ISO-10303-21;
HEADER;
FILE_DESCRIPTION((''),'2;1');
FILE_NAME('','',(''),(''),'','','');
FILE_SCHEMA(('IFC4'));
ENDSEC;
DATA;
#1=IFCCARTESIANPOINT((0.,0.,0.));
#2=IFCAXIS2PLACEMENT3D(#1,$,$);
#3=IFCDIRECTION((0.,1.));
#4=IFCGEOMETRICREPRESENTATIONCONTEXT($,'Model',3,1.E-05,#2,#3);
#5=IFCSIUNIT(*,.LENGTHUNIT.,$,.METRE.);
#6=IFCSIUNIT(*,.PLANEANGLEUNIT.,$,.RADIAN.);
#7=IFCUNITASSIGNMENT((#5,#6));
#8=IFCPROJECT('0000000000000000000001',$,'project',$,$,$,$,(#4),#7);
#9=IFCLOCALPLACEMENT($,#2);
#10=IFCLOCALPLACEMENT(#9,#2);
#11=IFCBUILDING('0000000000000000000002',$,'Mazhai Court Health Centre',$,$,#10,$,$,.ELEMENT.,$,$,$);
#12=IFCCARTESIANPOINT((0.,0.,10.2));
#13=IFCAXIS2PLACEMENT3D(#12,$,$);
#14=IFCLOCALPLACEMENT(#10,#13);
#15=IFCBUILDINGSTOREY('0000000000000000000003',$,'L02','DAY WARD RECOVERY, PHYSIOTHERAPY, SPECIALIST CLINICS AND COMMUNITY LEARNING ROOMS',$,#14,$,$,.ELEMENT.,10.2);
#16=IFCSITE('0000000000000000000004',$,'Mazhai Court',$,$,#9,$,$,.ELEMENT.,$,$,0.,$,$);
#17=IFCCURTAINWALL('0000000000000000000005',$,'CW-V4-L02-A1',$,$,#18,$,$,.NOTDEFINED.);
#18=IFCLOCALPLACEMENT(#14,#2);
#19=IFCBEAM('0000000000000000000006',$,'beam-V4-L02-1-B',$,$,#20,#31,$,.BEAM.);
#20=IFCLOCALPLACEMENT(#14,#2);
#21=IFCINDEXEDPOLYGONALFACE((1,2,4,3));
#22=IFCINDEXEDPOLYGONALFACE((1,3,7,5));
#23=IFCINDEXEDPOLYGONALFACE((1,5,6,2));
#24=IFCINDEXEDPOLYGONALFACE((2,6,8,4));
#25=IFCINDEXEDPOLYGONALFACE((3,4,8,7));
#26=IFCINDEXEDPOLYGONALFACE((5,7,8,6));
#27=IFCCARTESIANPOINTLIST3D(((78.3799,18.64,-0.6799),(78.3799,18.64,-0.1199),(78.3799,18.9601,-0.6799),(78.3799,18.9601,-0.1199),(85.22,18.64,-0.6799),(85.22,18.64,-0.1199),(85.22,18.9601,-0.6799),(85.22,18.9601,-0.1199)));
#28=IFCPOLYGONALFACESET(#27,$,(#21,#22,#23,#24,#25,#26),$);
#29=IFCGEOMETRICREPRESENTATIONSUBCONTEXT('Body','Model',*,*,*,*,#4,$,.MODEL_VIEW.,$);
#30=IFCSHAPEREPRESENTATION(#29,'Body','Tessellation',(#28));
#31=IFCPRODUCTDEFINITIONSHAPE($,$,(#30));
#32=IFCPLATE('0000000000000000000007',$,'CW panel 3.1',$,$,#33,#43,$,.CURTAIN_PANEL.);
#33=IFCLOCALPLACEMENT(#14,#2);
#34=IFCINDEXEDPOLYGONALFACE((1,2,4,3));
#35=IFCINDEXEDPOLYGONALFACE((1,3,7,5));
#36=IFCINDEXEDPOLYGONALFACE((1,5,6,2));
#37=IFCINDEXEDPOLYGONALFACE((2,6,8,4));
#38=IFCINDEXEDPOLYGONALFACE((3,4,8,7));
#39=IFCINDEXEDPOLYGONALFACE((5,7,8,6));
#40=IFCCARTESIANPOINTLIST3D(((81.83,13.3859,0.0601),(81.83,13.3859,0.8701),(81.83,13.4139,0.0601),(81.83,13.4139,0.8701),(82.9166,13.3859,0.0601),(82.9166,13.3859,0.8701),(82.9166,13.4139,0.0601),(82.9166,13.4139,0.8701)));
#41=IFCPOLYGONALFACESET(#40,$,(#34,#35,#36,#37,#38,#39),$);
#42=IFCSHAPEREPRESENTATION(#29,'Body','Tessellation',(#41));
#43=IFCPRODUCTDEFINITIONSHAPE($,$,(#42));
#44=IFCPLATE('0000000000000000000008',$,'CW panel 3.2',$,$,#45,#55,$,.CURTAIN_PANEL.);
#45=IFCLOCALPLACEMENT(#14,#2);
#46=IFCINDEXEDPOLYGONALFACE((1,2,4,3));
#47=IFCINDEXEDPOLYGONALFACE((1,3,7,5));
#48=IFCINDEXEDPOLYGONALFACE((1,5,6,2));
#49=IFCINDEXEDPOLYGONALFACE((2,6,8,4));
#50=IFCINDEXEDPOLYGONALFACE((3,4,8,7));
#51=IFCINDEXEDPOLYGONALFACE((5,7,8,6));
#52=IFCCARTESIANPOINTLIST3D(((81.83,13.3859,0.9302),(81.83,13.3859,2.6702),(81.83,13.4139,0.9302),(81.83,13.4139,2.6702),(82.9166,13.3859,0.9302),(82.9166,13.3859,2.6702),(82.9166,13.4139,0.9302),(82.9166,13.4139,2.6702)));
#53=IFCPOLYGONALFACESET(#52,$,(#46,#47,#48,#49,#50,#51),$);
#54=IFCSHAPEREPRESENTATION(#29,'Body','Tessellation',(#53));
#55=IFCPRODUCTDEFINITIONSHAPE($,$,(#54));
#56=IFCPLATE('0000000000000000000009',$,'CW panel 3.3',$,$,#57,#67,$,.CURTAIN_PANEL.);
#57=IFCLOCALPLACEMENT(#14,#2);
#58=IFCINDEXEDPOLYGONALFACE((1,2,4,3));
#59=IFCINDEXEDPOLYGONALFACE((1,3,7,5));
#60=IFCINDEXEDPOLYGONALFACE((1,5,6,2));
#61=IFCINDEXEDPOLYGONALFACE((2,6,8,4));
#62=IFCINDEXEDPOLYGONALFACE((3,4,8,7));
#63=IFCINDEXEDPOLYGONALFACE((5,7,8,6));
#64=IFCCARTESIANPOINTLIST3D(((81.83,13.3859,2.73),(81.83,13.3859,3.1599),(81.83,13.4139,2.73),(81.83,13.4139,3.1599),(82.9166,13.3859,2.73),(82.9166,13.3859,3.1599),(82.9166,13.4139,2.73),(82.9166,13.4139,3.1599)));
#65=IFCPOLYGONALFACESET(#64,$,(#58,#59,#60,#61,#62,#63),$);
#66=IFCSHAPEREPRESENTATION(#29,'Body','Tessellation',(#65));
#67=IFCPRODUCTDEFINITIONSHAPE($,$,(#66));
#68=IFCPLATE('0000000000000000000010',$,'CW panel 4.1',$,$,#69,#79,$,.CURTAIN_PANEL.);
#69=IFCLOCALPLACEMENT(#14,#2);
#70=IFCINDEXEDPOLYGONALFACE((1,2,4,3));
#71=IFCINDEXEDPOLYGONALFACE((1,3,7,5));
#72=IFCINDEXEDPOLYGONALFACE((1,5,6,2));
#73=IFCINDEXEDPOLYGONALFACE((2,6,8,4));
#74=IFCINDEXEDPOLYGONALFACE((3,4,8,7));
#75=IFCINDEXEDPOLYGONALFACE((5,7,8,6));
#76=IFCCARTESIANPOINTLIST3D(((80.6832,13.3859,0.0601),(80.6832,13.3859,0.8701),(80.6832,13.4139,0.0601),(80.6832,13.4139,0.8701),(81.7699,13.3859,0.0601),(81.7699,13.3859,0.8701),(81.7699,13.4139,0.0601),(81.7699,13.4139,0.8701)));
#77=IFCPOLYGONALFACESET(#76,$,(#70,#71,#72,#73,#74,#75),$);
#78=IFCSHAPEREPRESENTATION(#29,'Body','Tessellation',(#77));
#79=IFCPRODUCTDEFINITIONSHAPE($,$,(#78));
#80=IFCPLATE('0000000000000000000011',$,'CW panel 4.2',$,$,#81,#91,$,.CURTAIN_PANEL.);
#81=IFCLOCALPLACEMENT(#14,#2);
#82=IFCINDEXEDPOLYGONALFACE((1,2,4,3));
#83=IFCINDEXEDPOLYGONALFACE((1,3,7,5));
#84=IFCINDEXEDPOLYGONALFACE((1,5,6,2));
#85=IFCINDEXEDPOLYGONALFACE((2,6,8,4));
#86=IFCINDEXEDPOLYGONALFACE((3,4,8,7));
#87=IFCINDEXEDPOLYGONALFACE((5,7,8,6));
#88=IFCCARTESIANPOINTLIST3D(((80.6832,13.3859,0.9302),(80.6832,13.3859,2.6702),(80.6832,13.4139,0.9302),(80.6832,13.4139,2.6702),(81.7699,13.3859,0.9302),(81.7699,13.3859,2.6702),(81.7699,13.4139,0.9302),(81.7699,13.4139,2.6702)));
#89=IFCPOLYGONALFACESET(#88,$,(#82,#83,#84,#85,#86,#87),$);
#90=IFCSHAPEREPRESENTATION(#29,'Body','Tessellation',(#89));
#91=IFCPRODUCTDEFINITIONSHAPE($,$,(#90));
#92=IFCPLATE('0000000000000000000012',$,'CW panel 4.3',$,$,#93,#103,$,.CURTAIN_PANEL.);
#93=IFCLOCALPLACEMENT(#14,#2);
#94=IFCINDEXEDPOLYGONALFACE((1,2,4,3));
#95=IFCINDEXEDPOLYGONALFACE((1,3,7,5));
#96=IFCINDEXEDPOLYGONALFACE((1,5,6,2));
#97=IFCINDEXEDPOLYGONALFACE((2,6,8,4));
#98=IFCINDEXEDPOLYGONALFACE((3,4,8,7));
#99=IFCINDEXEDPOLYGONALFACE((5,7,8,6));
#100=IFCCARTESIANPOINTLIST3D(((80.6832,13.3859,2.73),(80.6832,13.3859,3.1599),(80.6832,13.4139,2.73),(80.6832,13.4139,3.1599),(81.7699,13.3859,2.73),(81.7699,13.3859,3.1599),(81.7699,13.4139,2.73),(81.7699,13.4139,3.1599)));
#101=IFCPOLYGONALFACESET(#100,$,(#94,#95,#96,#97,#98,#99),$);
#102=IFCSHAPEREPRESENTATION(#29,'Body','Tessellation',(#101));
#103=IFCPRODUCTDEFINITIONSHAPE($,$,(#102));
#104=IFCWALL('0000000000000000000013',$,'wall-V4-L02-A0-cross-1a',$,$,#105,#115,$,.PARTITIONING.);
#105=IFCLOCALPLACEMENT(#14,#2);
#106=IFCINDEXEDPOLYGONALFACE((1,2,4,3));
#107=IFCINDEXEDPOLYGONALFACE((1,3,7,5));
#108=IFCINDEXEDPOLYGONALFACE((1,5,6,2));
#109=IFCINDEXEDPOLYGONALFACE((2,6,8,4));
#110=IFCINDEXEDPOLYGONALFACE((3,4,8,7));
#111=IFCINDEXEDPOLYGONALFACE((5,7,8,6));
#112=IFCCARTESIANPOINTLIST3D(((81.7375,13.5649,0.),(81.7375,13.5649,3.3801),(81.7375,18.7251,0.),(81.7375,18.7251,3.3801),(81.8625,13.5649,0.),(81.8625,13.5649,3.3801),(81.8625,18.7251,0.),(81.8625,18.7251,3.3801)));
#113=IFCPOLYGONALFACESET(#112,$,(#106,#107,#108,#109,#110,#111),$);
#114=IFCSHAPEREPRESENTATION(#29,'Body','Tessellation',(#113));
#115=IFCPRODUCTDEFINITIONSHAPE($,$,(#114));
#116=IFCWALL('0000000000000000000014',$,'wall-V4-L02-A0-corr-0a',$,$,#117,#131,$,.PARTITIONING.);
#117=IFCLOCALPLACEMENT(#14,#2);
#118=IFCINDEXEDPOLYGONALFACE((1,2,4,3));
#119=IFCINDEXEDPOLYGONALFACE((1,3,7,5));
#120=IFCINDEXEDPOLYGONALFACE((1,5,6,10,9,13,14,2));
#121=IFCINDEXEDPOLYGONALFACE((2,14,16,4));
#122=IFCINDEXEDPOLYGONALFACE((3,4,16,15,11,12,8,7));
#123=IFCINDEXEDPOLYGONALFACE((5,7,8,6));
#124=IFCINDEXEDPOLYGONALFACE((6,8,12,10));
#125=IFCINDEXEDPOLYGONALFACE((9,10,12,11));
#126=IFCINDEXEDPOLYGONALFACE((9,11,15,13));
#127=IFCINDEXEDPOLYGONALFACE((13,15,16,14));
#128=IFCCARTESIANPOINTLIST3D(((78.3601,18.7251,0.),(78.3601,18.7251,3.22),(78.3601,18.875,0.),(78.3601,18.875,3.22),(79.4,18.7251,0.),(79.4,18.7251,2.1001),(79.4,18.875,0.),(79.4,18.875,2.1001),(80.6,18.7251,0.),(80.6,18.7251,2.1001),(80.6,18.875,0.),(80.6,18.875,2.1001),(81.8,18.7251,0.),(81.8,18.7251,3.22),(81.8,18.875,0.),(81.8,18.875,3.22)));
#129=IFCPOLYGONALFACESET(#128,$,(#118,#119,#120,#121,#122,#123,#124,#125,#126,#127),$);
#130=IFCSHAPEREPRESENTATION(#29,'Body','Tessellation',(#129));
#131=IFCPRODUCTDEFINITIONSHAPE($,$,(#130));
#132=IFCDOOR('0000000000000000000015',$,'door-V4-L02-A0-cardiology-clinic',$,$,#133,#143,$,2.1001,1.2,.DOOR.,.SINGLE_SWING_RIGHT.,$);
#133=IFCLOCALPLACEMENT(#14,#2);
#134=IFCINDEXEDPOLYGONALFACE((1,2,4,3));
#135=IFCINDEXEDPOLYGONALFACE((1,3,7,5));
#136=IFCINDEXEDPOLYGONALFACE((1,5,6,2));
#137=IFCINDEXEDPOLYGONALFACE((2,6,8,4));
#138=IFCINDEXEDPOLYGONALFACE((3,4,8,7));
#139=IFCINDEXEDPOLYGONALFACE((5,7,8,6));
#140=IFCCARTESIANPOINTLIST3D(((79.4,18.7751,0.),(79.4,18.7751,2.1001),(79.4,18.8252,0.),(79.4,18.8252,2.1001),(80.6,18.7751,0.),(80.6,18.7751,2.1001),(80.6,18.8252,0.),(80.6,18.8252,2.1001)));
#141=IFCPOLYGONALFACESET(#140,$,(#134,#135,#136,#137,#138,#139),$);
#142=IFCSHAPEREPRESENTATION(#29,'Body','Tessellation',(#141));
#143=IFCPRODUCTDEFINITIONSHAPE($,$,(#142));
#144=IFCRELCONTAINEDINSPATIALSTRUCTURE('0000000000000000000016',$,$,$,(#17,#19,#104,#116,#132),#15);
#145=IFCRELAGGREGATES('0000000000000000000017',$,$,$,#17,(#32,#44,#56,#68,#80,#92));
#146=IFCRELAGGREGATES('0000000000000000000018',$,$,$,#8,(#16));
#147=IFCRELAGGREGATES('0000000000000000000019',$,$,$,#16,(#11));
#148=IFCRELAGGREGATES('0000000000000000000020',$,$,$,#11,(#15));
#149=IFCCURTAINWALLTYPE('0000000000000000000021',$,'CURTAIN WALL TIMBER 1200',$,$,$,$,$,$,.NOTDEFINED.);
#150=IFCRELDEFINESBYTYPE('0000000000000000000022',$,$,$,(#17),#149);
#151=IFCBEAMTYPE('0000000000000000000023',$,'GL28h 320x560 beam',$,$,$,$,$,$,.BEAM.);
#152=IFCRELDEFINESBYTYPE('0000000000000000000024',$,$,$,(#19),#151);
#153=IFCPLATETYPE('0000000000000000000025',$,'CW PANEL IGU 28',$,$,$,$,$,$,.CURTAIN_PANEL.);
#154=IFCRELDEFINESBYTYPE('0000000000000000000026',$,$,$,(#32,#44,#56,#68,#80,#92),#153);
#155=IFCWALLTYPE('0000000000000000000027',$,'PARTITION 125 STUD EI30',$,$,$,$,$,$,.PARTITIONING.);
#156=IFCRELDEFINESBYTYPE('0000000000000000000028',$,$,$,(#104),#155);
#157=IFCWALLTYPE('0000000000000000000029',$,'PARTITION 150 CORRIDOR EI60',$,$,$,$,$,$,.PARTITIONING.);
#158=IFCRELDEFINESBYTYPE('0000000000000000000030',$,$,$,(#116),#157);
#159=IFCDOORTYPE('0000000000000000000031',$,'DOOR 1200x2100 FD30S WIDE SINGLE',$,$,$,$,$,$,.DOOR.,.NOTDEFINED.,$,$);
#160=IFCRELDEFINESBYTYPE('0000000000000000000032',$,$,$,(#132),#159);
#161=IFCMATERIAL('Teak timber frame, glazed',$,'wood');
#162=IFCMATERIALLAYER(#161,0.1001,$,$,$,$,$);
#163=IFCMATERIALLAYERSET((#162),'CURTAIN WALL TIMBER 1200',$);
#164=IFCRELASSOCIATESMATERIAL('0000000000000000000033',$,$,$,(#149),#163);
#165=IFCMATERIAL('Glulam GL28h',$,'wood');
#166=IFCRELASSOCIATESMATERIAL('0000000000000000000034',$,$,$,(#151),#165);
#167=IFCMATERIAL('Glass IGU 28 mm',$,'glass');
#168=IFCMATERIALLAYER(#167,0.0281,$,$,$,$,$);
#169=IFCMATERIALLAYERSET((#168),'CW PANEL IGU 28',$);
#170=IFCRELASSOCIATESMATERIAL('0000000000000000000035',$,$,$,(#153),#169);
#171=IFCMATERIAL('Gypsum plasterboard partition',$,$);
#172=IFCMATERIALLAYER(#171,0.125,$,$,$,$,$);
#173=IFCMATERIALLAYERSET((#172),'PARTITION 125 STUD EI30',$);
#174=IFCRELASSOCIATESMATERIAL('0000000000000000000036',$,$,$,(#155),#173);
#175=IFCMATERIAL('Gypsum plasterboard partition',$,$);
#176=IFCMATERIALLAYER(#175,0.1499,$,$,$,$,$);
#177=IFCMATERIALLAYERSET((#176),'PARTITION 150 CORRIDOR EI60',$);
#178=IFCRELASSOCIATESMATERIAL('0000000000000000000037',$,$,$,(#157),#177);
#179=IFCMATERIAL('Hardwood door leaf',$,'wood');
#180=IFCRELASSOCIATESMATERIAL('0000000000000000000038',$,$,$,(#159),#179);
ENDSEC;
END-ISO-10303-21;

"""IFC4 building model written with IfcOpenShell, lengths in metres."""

from ifc_helpers import new_model, si_unit, direction, frame, frame_2d, origin, origin_2d, place, context, subcontext, project, spatial, rectangle, extrude, material, layer, layer_set, material_profile, profile_set, type_object, element, fill, aggregate, save


model = new_model("IFC4")

# Units and contexts
model_context = context("Model", 3, precision=1e-05, world=origin(), true_north=direction((0.0, 1.0)))
body_context = subcontext(model_context, "Body", "Model", "MODEL_VIEW")
ifc_project = project(units=[si_unit("LENGTHUNIT", "METRE"), si_unit("PLANEANGLEUNIT", "RADIAN")], contexts=[model_context])

# Site, building, storey
site_placement = place(None, origin())
site = spatial("IfcSite", under=ifc_project, at=site_placement, Name="Mazhai Court", CompositionType="ELEMENT", RefElevation=0.0)
building_placement = place(site_placement, origin())
building = spatial("IfcBuilding", under=site, at=building_placement, Name="Mazhai Court Health Centre", CompositionType="ELEMENT")
storey_placement = place(building_placement, frame((0.0, 0.0, 10.2)))
storey = spatial("IfcBuildingStorey", under=building, at=storey_placement, Name="L02", Description="DAY WARD RECOVERY, PHYSIOTHERAPY, SPECIALIST CLINICS AND COMMUNITY LEARNING ROOMS", CompositionType="ELEMENT", Elevation=10.2)

# Curtain wall
ifc_material_1 = material(Name="Teak timber frame, glazed", Category="wood")
ifc_layer_1 = layer(ifc_material_1, 0.1001)
ifc_layer_set_1 = layer_set([ifc_layer_1], Name="CURTAIN WALL TIMBER 1200")
curtain_wall_type = type_object("IfcCurtainWallType", Name="CURTAIN WALL TIMBER 1200", PredefinedType="NOTDEFINED", material=ifc_layer_set_1)
curtain_wall_placement = place(storey_placement, origin())
curtain_wall = element("IfcCurtainWall", 1, at=curtain_wall_placement, inside=storey, type_object=curtain_wall_type, Name="CW-V4-L02-A1", PredefinedType="NOTDEFINED")

# Beam
ifc_material_2 = material(Name="Glulam GL28h", Category="wood")
ifc_material_profile_1 = material_profile(ifc_material_2, rectangle(XDim=0.3201, YDim=0.5601, at=origin_2d()), Name="GL28h 320x560")
ifc_profile_set_1 = profile_set([ifc_material_profile_1], Name="Glulam GL28h")
beam_type_1 = type_object("IfcBeamType", Name="GL28h 320x560 beam", PredefinedType="BEAM", material=ifc_profile_set_1)
beam_placement = place(storey_placement, frame((78.3799, 18.8, -0.3999), z_axis=(1.0, 0.0, 0.0), x_axis=(0.0, 1.0, 0.0)))
element("IfcBeam", 2, at=beam_placement, inside=storey, type_object=beam_type_1, Name="beam-V4-L02-1-B", PredefinedType="BEAM", context=body_context, shape_type="SweptSolid", body=[
    extrude(rectangle(XDim=0.3201, YDim=0.5601, at=origin_2d()), origin(), (0.0, 0.0, 1.0), 6.8401),
])

# Plates
ifc_material_3 = material(Name="Glass IGU 28 mm", Category="glass")
ifc_layer_2 = layer(ifc_material_3, 0.0281)
ifc_layer_set_2 = layer_set([ifc_layer_2], Name="CW PANEL IGU 28")
plate_type = type_object("IfcPlateType", Name="CW PANEL IGU 28", PredefinedType="CURTAIN_PANEL", material=ifc_layer_set_2)
plate_1_placement = place(storey_placement, frame((82.3733, 13.3999, 0.0601), z_axis=(0.0, 0.0, 1.0), x_axis=(-1.0, 0.0, 0.0)))
plate_1 = element("IfcPlate", 3, at=plate_1_placement, type_object=plate_type, Name="CW panel 3.1", PredefinedType="CURTAIN_PANEL", context=body_context, shape_type="SweptSolid", body=[
    extrude(rectangle(XDim=1.0867, YDim=0.0281, at=origin_2d()), origin(), (0.0, 0.0, 1.0), 0.8101),
])
plate_2_placement = place(storey_placement, frame((82.3733, 13.3999, 0.9302), z_axis=(0.0, 0.0, 1.0), x_axis=(-1.0, 0.0, 0.0)))
plate_2 = element("IfcPlate", 4, at=plate_2_placement, type_object=plate_type, Name="CW panel 3.2", PredefinedType="CURTAIN_PANEL", context=body_context, shape_type="SweptSolid", body=[
    extrude(rectangle(XDim=1.0867, YDim=0.0281, at=origin_2d()), origin(), (0.0, 0.0, 1.0), 1.74),
])
plate_3_placement = place(storey_placement, frame((82.3733, 13.3999, 2.73), z_axis=(0.0, 0.0, 1.0), x_axis=(-1.0, 0.0, 0.0)))
plate_3 = element("IfcPlate", 5, at=plate_3_placement, type_object=plate_type, Name="CW panel 3.3", PredefinedType="CURTAIN_PANEL", context=body_context, shape_type="SweptSolid", body=[
    extrude(rectangle(XDim=1.0867, YDim=0.0281, at=origin_2d()), origin(), (0.0, 0.0, 1.0), 0.4299),
])
plate_4_placement = place(storey_placement, frame((81.2266, 13.3999, 0.0601), z_axis=(0.0, 0.0, 1.0), x_axis=(-1.0, 0.0, 0.0)))
plate_4 = element("IfcPlate", 6, at=plate_4_placement, type_object=plate_type, Name="CW panel 4.1", PredefinedType="CURTAIN_PANEL", context=body_context, shape_type="SweptSolid", body=[
    extrude(rectangle(XDim=1.0867, YDim=0.0281, at=origin_2d()), origin(), (0.0, 0.0, 1.0), 0.8101),
])
plate_5_placement = place(storey_placement, frame((81.2266, 13.3999, 0.9302), z_axis=(0.0, 0.0, 1.0), x_axis=(-1.0, 0.0, 0.0)))
plate_5 = element("IfcPlate", 7, at=plate_5_placement, type_object=plate_type, Name="CW panel 4.2", PredefinedType="CURTAIN_PANEL", context=body_context, shape_type="SweptSolid", body=[
    extrude(rectangle(XDim=1.0867, YDim=0.0281, at=origin_2d()), origin(), (0.0, 0.0, 1.0), 1.74),
])
plate_6_placement = place(storey_placement, frame((81.2266, 13.3999, 2.73), z_axis=(0.0, 0.0, 1.0), x_axis=(-1.0, 0.0, 0.0)))
plate_6 = element("IfcPlate", 8, at=plate_6_placement, type_object=plate_type, Name="CW panel 4.3", PredefinedType="CURTAIN_PANEL", context=body_context, shape_type="SweptSolid", body=[
    extrude(rectangle(XDim=1.0867, YDim=0.0281, at=origin_2d()), origin(), (0.0, 0.0, 1.0), 0.4299),
])
aggregate(curtain_wall, [plate_1, plate_2, plate_3, plate_4, plate_5, plate_6])

# Wall
ifc_material_4 = material(Name="Gypsum plasterboard partition")
ifc_layer_3 = layer(ifc_material_4, 0.125)
ifc_layer_set_3 = layer_set([ifc_layer_3], Name="PARTITION 125 STUD EI30")
wall_type_1 = type_object("IfcWallType", Name="PARTITION 125 STUD EI30", PredefinedType="PARTITIONING", material=ifc_layer_set_3)
wall_1_placement = place(storey_placement, frame((81.8, 13.5649, 0.0), z_axis=(0.0, 0.0, 1.0), x_axis=(0.0, 1.0, 0.0)))
element("IfcWall", 9, at=wall_1_placement, inside=storey, type_object=wall_type_1, Name="wall-V4-L02-A0-cross-1a", PredefinedType="PARTITIONING", context=body_context, shape_type="SweptSolid", body=[
    extrude(rectangle(XDim=5.1602, YDim=0.125, at=frame_2d((2.5801, 0.0))), origin(), (0.0, 0.0, 1.0), 3.3801),
])

# Wall, opening, door
ifc_material_5 = material(Name="Gypsum plasterboard partition")
ifc_layer_4 = layer(ifc_material_5, 0.1499)
ifc_layer_set_4 = layer_set([ifc_layer_4], Name="PARTITION 150 CORRIDOR EI60")
wall_type_2 = type_object("IfcWallType", Name="PARTITION 150 CORRIDOR EI60", PredefinedType="PARTITIONING", material=ifc_layer_set_4)
wall_2_placement = place(storey_placement, frame((81.8, 18.8, 0.0), z_axis=(0.0, 0.0, 1.0), x_axis=(-1.0, 0.0, 0.0)))
wall_2 = element("IfcWall", 10, at=wall_2_placement, inside=storey, type_object=wall_type_2, Name="wall-V4-L02-A0-corr-0a", PredefinedType="PARTITIONING", context=body_context, shape_type="SweptSolid", body=[
    extrude(rectangle(XDim=3.4399, YDim=0.1499, at=frame_2d((1.72, 0.0))), origin(), (0.0, 0.0, 1.0), 3.22),
])
opening_placement = place(wall_2_placement, frame((1.2, 0.0, 0.0)))
opening = element("IfcOpeningElement", 11, at=opening_placement, cuts=wall_2, PredefinedType="OPENING", context=body_context, shape_type="SweptSolid", body=[
    extrude(rectangle(XDim=1.2, YDim=2.1001, at=frame_2d((0.6001, 1.05))), frame((0.0, 0.085, 0.0), z_axis=(0.0, -1.0, 0.0), x_axis=(1.0, 0.0, 0.0)), (0.0, 0.0, 1.0), 0.1699),
])
ifc_material_6 = material(Name="Hardwood door leaf", Category="wood")
door_type = type_object("IfcDoorType", Name="DOOR 1200x2100 FD30S WIDE SINGLE", OperationType="NOTDEFINED", PredefinedType="DOOR", material=ifc_material_6)
door_placement = place(opening_placement, origin())
door = element("IfcDoor", 12, at=door_placement, inside=storey, type_object=door_type, Name="door-V4-L02-A0-cardiology-clinic", OperationType="SINGLE_SWING_RIGHT", OverallHeight=2.1001, OverallWidth=1.2, PredefinedType="DOOR", context=body_context, shape_type="SweptSolid", body=[
    extrude(rectangle(XDim=1.2, YDim=2.1001, at=frame_2d((0.6001, 1.05))), frame((0.0, 0.0249, 0.0), z_axis=(0.0, -1.0, 0.0), x_axis=(1.0, 0.0, 0.0)), (0.0, 0.0, 1.0), 0.05),
])
fill(opening, door)

save(model, "model.ifc")
